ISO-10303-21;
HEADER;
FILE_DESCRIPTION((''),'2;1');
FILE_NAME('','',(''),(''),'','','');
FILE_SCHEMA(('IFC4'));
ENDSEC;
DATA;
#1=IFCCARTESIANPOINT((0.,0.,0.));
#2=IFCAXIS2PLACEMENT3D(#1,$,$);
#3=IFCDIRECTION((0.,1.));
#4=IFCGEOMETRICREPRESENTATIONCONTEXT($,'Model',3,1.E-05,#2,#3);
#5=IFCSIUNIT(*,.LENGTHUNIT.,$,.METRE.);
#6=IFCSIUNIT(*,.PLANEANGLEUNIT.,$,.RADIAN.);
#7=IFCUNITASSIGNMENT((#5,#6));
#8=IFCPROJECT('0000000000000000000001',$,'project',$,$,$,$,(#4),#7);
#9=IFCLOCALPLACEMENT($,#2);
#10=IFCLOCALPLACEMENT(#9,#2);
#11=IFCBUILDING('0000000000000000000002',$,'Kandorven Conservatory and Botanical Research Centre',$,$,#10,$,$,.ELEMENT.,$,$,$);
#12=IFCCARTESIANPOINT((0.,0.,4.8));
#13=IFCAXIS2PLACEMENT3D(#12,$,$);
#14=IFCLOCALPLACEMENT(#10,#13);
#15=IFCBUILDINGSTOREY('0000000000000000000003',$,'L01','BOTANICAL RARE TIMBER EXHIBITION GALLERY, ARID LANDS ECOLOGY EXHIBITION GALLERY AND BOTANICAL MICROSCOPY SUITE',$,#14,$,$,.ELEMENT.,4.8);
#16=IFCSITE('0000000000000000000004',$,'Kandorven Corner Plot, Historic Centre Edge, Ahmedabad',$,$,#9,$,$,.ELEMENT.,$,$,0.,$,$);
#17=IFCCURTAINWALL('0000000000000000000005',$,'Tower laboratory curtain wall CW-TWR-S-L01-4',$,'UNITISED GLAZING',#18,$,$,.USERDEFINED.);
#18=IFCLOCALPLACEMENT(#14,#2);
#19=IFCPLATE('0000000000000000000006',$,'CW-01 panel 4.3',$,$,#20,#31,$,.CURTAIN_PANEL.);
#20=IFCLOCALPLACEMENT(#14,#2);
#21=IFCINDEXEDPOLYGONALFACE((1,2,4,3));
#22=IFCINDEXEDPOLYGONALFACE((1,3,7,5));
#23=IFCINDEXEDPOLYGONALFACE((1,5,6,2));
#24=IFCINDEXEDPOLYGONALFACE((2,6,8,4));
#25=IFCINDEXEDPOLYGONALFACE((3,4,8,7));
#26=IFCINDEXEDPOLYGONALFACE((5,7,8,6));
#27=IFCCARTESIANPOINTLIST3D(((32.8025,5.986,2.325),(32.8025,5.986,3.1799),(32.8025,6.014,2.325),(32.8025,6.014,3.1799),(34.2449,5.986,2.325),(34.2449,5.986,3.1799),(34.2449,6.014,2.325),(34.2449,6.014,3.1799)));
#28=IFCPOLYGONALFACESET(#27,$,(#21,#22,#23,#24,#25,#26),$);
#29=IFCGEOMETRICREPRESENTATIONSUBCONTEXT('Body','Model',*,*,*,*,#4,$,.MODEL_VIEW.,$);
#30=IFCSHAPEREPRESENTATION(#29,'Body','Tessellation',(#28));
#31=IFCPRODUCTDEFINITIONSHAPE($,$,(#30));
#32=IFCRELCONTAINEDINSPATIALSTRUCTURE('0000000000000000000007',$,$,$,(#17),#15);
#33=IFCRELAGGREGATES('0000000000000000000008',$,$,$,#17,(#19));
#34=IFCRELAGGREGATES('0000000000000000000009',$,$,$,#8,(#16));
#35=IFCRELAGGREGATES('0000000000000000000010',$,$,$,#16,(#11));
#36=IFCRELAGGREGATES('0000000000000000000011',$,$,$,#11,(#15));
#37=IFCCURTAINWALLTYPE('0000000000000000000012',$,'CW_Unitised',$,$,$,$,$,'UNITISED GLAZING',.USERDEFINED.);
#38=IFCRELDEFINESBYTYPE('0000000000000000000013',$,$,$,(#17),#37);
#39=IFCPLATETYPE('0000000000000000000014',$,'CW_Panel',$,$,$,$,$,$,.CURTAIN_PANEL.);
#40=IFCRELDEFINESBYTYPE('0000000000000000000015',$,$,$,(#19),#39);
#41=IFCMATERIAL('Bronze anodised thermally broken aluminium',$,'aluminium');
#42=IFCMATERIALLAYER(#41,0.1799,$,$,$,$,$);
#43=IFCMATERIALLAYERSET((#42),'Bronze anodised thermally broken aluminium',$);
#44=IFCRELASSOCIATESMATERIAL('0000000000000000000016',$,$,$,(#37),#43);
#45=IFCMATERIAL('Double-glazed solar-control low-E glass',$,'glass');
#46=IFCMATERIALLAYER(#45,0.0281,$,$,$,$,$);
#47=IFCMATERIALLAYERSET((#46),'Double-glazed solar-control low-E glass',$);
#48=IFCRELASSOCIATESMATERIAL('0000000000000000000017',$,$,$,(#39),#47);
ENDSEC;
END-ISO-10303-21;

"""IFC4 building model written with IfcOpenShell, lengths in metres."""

from ifc_helpers import new_model, si_unit, direction, frame, origin, origin_2d, place, context, subcontext, project, spatial, rectangle, extrude, material, layer, layer_set, type_object, element, aggregate, save


model = new_model("IFC4")

# Units and contexts
model_context = context("Model", 3, precision=1e-05, world=origin(), true_north=direction((0.0, 1.0)))
body_context = subcontext(model_context, "Body", "Model", "MODEL_VIEW")
ifc_project = project(units=[si_unit("LENGTHUNIT", "METRE"), si_unit("PLANEANGLEUNIT", "RADIAN")], contexts=[model_context])

# Site, building, storey
site_placement = place(None, origin())
site = spatial("IfcSite", under=ifc_project, at=site_placement, Name="Kandorven Corner Plot, Historic Centre Edge, Ahmedabad", CompositionType="ELEMENT", RefElevation=0.0)
building_placement = place(site_placement, origin())
building = spatial("IfcBuilding", under=site, at=building_placement, Name="Kandorven Conservatory and Botanical Research Centre", CompositionType="ELEMENT")
storey_placement = place(building_placement, frame((0.0, 0.0, 4.8)))
storey = spatial("IfcBuildingStorey", under=building, at=storey_placement, Name="L01", Description="BOTANICAL RARE TIMBER EXHIBITION GALLERY, ARID LANDS ECOLOGY EXHIBITION GALLERY AND BOTANICAL MICROSCOPY SUITE", CompositionType="ELEMENT", Elevation=4.8)

# Curtain wall, plate
ifc_material_1 = material(Name="Bronze anodised thermally broken aluminium", Category="aluminium")
ifc_layer_1 = layer(ifc_material_1, 0.1799)
ifc_layer_set_1 = layer_set([ifc_layer_1], Name="Bronze anodised thermally broken aluminium")
curtain_wall_type = type_object("IfcCurtainWallType", Name="CW_Unitised", ElementType="UNITISED GLAZING", PredefinedType="USERDEFINED", material=ifc_layer_set_1)
curtain_wall_placement = place(storey_placement, origin())
curtain_wall = element("IfcCurtainWall", 1, at=curtain_wall_placement, inside=storey, type_object=curtain_wall_type, Name="Tower laboratory curtain wall CW-TWR-S-L01-4", ObjectType="UNITISED GLAZING", PredefinedType="USERDEFINED")
ifc_material_2 = material(Name="Double-glazed solar-control low-E glass", Category="glass")
ifc_layer_2 = layer(ifc_material_2, 0.0281)
ifc_layer_set_2 = layer_set([ifc_layer_2], Name="Double-glazed solar-control low-E glass")
plate_type = type_object("IfcPlateType", Name="CW_Panel", PredefinedType="CURTAIN_PANEL", material=ifc_layer_set_2)
plate_1_placement = place(storey_placement, frame((33.5237, 6.0, 2.325), z_axis=(0.0, 0.0, 1.0), x_axis=(1.0, 0.0, 0.0)))
plate_1 = element("IfcPlate", 2, at=plate_1_placement, type_object=plate_type, Name="CW-01 panel 4.3", PredefinedType="CURTAIN_PANEL", context=body_context, shape_type="SweptSolid", body=[
    extrude(rectangle(XDim=1.4424, YDim=0.0281, at=origin_2d()), origin(), (0.0, 0.0, 1.0), 0.855),
])
aggregate(curtain_wall, [plate_1])

save(model, "model.ifc")
